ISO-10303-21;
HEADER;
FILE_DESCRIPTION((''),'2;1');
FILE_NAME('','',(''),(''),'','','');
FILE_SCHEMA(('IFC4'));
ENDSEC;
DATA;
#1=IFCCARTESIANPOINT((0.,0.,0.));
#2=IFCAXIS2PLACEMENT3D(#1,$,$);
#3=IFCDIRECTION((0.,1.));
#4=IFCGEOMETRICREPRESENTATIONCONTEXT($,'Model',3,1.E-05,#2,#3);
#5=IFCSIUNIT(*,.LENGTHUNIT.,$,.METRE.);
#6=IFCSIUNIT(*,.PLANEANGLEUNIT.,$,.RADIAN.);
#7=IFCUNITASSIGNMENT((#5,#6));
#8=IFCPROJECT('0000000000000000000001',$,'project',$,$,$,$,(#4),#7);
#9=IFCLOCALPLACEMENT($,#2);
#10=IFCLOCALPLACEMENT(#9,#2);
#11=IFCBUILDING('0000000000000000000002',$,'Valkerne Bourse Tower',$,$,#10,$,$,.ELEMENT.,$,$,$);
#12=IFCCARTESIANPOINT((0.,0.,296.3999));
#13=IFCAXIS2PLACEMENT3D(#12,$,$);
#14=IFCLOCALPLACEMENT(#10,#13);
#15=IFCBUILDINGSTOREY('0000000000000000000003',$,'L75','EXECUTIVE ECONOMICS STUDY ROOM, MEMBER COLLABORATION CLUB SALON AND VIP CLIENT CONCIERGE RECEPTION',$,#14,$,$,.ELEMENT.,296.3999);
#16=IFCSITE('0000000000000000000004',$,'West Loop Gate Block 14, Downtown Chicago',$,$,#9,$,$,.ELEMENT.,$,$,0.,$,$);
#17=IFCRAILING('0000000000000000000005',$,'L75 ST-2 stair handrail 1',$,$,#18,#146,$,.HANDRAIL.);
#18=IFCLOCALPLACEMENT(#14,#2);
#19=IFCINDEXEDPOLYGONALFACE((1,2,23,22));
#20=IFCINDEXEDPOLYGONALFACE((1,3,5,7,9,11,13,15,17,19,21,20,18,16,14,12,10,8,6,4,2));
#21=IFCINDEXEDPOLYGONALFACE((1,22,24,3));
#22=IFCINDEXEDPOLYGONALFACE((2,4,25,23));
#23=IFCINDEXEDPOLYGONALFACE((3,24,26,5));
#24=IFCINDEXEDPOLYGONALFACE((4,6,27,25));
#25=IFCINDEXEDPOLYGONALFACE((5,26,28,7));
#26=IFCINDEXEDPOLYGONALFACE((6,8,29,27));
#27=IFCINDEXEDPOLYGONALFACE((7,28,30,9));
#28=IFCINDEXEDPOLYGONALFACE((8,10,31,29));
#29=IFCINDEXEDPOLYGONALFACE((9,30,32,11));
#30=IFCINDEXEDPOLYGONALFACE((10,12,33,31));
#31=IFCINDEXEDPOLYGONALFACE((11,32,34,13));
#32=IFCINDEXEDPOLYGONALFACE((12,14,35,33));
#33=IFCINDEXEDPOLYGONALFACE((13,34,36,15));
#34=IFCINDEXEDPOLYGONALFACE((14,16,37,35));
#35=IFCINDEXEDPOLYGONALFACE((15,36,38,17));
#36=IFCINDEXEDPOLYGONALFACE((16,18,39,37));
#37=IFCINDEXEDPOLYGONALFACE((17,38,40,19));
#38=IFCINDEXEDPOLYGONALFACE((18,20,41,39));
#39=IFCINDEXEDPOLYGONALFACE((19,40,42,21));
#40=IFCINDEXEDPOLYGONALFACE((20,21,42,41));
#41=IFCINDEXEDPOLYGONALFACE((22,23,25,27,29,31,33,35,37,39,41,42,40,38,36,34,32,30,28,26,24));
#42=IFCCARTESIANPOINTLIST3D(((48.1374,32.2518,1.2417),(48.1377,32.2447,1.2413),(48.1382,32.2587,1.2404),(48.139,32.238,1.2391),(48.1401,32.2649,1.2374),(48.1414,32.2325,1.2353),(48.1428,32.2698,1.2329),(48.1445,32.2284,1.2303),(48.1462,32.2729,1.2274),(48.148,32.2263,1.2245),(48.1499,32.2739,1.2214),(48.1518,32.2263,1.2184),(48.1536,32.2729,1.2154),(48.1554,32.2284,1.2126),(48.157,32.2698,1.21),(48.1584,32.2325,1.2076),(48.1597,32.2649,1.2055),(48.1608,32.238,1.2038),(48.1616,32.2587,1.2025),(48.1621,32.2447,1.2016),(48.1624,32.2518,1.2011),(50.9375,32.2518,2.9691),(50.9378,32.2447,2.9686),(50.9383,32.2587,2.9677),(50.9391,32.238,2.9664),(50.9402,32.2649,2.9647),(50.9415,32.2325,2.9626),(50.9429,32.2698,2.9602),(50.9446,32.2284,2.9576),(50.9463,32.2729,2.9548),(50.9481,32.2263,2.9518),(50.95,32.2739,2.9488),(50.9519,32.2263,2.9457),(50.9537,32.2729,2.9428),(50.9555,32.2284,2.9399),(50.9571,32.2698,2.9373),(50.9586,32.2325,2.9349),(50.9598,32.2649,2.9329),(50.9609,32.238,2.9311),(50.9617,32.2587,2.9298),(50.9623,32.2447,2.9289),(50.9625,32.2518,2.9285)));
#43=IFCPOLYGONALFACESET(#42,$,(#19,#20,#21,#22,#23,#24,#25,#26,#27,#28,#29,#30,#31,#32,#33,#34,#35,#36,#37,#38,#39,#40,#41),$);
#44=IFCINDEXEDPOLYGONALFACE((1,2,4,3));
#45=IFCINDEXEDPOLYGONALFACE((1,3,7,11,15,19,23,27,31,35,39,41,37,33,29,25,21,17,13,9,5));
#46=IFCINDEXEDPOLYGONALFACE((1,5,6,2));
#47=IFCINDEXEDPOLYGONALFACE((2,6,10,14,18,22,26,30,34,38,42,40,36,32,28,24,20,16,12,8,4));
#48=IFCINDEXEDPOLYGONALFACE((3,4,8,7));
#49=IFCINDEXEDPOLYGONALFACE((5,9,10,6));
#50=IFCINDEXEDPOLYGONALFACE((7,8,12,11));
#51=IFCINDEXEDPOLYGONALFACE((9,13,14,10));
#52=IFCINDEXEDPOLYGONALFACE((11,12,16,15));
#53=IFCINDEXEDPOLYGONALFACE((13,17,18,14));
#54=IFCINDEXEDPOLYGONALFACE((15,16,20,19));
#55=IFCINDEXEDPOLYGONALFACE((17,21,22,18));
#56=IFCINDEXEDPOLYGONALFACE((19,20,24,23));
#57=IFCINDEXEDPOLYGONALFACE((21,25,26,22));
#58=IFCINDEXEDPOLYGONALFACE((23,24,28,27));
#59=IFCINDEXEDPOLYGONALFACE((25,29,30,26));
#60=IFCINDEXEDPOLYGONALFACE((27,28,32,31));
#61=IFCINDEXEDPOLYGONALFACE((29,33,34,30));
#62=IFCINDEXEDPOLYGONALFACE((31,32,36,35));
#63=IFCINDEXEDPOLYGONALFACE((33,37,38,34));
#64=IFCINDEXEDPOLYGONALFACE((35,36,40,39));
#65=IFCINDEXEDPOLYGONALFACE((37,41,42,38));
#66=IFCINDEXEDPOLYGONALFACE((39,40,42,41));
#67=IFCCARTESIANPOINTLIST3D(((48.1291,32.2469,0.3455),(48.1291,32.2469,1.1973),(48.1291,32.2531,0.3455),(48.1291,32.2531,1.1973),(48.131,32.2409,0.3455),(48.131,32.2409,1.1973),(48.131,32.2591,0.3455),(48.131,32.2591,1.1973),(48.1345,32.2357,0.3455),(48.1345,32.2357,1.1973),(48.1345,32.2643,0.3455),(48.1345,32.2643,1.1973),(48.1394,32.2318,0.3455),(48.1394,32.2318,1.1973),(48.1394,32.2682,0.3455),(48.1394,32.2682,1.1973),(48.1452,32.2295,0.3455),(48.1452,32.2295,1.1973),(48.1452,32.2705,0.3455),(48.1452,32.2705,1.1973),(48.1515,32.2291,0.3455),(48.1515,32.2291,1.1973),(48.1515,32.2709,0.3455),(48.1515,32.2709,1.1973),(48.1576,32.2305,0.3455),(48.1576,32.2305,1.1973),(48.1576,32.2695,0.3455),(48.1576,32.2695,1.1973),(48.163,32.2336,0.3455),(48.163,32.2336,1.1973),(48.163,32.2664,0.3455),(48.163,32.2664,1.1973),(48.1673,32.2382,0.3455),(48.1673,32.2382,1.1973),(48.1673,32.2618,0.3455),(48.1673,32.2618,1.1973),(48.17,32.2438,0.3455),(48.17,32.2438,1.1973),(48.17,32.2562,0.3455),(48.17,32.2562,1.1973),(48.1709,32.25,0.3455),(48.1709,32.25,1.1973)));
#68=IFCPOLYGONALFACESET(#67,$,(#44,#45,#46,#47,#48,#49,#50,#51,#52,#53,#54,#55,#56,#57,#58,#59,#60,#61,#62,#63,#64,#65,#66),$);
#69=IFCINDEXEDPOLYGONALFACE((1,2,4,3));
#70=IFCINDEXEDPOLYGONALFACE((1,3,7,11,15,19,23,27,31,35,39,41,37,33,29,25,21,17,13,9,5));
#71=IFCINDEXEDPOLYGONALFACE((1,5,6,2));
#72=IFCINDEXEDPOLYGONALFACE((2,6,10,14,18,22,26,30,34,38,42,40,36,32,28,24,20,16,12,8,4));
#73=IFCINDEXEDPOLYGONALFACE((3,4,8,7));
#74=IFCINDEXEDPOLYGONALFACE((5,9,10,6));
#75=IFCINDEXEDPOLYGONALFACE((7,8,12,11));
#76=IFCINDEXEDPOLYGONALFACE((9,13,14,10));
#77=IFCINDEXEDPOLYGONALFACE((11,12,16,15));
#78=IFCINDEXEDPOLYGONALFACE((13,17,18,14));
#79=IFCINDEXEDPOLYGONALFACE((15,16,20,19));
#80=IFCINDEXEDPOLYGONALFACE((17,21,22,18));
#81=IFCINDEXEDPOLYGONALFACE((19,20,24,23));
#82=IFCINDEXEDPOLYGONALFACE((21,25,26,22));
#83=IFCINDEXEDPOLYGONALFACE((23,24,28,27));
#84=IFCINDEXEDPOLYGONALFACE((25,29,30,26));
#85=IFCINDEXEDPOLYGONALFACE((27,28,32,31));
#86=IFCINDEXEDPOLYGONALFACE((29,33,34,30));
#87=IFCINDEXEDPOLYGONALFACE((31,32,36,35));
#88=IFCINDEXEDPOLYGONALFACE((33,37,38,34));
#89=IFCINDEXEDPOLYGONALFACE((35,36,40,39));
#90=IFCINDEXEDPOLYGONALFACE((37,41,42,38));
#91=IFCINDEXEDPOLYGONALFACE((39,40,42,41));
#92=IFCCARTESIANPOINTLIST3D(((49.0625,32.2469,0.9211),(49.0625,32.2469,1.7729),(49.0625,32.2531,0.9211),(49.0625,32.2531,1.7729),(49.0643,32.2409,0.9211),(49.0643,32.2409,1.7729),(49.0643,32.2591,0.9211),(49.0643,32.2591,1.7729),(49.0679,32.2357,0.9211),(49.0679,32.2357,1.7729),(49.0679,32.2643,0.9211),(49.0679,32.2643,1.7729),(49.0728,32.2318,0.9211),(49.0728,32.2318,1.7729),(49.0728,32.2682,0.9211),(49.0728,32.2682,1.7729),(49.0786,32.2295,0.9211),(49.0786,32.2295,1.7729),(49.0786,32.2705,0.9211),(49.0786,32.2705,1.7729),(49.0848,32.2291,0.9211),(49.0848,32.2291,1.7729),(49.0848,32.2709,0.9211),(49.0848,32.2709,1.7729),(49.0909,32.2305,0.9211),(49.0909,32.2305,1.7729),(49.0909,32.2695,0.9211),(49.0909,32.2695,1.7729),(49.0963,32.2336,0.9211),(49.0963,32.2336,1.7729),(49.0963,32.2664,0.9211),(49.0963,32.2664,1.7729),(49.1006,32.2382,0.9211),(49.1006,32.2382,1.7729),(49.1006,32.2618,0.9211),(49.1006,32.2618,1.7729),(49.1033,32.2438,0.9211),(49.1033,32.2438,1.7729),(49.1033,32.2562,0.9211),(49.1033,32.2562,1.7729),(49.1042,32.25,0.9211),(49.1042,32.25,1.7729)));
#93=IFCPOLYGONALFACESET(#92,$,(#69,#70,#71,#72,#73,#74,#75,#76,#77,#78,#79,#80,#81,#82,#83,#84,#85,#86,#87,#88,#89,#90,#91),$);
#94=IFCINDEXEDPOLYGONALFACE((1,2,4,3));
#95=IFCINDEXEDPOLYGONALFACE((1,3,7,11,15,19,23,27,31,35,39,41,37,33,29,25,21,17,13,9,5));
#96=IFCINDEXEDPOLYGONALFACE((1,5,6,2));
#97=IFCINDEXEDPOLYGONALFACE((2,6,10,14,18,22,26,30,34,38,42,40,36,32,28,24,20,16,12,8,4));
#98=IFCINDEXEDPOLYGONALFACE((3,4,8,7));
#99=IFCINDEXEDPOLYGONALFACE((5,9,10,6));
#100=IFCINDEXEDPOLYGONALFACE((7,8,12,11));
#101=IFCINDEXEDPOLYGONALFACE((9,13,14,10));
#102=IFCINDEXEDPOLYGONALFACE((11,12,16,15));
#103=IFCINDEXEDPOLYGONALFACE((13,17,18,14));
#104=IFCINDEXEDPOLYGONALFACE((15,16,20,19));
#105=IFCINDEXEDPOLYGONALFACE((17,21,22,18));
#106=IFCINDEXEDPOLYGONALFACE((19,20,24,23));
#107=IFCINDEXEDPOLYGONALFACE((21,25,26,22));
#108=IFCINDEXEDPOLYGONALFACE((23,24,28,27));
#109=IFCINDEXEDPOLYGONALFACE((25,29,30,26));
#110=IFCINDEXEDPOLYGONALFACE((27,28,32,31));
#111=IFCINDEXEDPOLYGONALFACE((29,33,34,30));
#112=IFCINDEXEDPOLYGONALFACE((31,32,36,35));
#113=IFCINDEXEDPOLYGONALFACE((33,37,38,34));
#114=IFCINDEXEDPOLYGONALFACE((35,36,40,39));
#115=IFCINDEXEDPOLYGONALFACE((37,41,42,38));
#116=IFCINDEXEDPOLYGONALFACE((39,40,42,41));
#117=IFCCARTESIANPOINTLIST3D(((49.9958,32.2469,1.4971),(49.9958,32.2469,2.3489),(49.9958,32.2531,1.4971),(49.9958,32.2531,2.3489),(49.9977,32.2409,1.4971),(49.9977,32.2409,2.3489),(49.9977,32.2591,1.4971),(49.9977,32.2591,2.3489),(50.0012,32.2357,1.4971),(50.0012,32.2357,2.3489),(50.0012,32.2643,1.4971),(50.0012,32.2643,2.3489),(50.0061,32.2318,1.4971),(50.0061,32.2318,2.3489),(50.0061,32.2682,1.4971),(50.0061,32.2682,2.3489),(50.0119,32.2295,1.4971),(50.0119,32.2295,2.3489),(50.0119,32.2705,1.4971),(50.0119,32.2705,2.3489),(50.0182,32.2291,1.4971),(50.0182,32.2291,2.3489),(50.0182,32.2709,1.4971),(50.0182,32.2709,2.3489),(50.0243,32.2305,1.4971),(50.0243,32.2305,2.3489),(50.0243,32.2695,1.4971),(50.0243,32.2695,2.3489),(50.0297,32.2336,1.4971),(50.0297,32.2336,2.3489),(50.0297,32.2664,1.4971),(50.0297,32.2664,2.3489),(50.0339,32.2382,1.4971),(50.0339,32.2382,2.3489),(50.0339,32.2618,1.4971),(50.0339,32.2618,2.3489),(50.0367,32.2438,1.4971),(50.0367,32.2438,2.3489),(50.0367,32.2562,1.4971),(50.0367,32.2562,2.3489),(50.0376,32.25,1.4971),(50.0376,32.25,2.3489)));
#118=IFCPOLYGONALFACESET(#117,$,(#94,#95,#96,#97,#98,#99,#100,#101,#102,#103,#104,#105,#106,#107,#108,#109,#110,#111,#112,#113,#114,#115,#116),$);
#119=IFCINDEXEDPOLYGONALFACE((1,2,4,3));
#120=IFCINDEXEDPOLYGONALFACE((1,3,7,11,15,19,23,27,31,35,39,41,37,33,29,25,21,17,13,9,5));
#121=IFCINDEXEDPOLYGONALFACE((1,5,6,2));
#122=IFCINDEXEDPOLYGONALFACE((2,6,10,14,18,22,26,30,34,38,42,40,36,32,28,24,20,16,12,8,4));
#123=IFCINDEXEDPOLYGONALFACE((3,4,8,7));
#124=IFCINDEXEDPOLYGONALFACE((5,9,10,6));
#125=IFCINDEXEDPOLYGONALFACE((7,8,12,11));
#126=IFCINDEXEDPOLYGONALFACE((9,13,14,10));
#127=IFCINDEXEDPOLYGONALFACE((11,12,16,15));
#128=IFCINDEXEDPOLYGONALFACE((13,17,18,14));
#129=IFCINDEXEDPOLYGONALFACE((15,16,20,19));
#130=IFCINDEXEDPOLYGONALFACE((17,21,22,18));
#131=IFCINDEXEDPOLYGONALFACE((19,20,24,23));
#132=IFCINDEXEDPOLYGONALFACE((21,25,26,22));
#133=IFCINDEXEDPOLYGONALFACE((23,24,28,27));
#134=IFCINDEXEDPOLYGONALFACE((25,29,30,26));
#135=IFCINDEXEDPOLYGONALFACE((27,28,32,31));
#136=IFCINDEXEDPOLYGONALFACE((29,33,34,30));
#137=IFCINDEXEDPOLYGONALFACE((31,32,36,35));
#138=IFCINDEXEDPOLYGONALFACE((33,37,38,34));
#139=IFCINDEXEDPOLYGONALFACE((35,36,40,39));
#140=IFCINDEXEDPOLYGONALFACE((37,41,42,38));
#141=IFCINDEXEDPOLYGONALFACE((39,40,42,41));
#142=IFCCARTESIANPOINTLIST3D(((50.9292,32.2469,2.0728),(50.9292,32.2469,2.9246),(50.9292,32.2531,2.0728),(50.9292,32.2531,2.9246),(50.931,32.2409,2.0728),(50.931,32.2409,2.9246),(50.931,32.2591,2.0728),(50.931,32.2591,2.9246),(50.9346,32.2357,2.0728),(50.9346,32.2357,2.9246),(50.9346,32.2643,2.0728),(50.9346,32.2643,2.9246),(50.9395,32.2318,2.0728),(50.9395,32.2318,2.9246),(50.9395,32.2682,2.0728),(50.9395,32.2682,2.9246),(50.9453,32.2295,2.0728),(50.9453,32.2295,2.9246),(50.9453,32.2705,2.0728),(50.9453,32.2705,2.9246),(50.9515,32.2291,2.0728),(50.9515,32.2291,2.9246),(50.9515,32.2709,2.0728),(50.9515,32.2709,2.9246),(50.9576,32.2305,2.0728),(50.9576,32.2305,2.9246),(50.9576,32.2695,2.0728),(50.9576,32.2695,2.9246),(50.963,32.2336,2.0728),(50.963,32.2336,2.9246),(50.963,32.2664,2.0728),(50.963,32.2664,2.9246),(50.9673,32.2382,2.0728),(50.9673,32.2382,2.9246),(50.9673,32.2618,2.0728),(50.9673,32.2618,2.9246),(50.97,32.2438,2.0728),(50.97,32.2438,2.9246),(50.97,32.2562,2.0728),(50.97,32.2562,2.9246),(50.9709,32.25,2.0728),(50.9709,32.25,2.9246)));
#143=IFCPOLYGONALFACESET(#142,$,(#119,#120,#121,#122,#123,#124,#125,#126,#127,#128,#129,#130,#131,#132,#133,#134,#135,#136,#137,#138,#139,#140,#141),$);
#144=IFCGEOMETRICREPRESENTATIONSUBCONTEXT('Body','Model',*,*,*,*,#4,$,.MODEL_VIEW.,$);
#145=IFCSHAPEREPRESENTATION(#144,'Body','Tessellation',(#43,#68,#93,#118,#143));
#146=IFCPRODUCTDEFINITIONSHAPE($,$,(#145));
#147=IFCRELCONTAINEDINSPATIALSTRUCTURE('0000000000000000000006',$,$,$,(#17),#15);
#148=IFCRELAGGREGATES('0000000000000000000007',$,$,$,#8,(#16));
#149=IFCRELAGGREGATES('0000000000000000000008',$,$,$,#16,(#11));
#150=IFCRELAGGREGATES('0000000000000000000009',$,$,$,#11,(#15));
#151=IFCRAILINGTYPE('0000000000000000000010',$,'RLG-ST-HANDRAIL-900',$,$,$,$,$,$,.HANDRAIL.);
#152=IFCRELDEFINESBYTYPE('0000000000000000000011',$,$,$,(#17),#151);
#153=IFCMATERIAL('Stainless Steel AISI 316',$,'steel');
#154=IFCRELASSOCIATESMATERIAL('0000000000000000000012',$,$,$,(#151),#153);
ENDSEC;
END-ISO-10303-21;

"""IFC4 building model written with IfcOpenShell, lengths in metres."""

from ifc_helpers import new_model, si_unit, direction, frame, origin, origin_2d, place, context, subcontext, project, spatial, circle, extrude, material, type_object, element, save


model = new_model("IFC4")

# Units and contexts
model_context = context("Model", 3, precision=1e-05, world=origin(), true_north=direction((0.0, 1.0)))
body_context = subcontext(model_context, "Body", "Model", "MODEL_VIEW")
ifc_project = project(units=[si_unit("LENGTHUNIT", "METRE"), si_unit("PLANEANGLEUNIT", "RADIAN")], contexts=[model_context])

# Site, building, storey
site_placement = place(None, origin())
site = spatial("IfcSite", under=ifc_project, at=site_placement, Name="West Loop Gate Block 14, Downtown Chicago", CompositionType="ELEMENT", RefElevation=0.0)
building_placement = place(site_placement, origin())
building = spatial("IfcBuilding", under=site, at=building_placement, Name="Valkerne Bourse Tower", CompositionType="ELEMENT")
storey_placement = place(building_placement, frame((0.0, 0.0, 296.3999)))
storey = spatial("IfcBuildingStorey", under=building, at=storey_placement, Name="L75", Description="EXECUTIVE ECONOMICS STUDY ROOM, MEMBER COLLABORATION CLUB SALON AND VIP CLIENT CONCIERGE RECEPTION", CompositionType="ELEMENT", Elevation=296.3999)

# Shared definitions
ifc_material_1 = material(Name="Stainless Steel AISI 316", Category="steel")

# Railing
railing_type_1 = type_object("IfcRailingType", Name="RLG-ST-HANDRAIL-900", PredefinedType="HANDRAIL", material=ifc_material_1)
railing_1_placement = place(storey_placement, frame((48.1499, 32.25, 0.3455)))
element("IfcRailing", 1, at=railing_1_placement, inside=storey, type_object=railing_type_1, Name="L75 ST-2 stair handrail 1", PredefinedType="HANDRAIL", context=body_context, shape_type="SweptSolid", body=[
    extrude(circle(Radius=0.0239, at=origin_2d()), frame((0.0, 0.0, 0.876), z_axis=(0.85109, 0.0, 0.52502), x_axis=(0.0, 1.0, 0.0)), (0.0, 0.0, 1.0), 3.29),
    extrude(circle(Radius=0.021, at=origin_2d()), origin(), (0.0, 0.0, 1.0), 0.8518),
    extrude(circle(Radius=0.021, at=origin_2d()), frame((0.9333, 0.0, 0.5757)), (0.0, 0.0, 1.0), 0.8518),
    extrude(circle(Radius=0.021, at=origin_2d()), frame((1.8667, 0.0, 1.1516)), (0.0, 0.0, 1.0), 0.8518),
    extrude(circle(Radius=0.021, at=origin_2d()), frame((2.8, 0.0, 1.7273)), (0.0, 0.0, 1.0), 0.8518),
])

save(model, "model.ifc")
